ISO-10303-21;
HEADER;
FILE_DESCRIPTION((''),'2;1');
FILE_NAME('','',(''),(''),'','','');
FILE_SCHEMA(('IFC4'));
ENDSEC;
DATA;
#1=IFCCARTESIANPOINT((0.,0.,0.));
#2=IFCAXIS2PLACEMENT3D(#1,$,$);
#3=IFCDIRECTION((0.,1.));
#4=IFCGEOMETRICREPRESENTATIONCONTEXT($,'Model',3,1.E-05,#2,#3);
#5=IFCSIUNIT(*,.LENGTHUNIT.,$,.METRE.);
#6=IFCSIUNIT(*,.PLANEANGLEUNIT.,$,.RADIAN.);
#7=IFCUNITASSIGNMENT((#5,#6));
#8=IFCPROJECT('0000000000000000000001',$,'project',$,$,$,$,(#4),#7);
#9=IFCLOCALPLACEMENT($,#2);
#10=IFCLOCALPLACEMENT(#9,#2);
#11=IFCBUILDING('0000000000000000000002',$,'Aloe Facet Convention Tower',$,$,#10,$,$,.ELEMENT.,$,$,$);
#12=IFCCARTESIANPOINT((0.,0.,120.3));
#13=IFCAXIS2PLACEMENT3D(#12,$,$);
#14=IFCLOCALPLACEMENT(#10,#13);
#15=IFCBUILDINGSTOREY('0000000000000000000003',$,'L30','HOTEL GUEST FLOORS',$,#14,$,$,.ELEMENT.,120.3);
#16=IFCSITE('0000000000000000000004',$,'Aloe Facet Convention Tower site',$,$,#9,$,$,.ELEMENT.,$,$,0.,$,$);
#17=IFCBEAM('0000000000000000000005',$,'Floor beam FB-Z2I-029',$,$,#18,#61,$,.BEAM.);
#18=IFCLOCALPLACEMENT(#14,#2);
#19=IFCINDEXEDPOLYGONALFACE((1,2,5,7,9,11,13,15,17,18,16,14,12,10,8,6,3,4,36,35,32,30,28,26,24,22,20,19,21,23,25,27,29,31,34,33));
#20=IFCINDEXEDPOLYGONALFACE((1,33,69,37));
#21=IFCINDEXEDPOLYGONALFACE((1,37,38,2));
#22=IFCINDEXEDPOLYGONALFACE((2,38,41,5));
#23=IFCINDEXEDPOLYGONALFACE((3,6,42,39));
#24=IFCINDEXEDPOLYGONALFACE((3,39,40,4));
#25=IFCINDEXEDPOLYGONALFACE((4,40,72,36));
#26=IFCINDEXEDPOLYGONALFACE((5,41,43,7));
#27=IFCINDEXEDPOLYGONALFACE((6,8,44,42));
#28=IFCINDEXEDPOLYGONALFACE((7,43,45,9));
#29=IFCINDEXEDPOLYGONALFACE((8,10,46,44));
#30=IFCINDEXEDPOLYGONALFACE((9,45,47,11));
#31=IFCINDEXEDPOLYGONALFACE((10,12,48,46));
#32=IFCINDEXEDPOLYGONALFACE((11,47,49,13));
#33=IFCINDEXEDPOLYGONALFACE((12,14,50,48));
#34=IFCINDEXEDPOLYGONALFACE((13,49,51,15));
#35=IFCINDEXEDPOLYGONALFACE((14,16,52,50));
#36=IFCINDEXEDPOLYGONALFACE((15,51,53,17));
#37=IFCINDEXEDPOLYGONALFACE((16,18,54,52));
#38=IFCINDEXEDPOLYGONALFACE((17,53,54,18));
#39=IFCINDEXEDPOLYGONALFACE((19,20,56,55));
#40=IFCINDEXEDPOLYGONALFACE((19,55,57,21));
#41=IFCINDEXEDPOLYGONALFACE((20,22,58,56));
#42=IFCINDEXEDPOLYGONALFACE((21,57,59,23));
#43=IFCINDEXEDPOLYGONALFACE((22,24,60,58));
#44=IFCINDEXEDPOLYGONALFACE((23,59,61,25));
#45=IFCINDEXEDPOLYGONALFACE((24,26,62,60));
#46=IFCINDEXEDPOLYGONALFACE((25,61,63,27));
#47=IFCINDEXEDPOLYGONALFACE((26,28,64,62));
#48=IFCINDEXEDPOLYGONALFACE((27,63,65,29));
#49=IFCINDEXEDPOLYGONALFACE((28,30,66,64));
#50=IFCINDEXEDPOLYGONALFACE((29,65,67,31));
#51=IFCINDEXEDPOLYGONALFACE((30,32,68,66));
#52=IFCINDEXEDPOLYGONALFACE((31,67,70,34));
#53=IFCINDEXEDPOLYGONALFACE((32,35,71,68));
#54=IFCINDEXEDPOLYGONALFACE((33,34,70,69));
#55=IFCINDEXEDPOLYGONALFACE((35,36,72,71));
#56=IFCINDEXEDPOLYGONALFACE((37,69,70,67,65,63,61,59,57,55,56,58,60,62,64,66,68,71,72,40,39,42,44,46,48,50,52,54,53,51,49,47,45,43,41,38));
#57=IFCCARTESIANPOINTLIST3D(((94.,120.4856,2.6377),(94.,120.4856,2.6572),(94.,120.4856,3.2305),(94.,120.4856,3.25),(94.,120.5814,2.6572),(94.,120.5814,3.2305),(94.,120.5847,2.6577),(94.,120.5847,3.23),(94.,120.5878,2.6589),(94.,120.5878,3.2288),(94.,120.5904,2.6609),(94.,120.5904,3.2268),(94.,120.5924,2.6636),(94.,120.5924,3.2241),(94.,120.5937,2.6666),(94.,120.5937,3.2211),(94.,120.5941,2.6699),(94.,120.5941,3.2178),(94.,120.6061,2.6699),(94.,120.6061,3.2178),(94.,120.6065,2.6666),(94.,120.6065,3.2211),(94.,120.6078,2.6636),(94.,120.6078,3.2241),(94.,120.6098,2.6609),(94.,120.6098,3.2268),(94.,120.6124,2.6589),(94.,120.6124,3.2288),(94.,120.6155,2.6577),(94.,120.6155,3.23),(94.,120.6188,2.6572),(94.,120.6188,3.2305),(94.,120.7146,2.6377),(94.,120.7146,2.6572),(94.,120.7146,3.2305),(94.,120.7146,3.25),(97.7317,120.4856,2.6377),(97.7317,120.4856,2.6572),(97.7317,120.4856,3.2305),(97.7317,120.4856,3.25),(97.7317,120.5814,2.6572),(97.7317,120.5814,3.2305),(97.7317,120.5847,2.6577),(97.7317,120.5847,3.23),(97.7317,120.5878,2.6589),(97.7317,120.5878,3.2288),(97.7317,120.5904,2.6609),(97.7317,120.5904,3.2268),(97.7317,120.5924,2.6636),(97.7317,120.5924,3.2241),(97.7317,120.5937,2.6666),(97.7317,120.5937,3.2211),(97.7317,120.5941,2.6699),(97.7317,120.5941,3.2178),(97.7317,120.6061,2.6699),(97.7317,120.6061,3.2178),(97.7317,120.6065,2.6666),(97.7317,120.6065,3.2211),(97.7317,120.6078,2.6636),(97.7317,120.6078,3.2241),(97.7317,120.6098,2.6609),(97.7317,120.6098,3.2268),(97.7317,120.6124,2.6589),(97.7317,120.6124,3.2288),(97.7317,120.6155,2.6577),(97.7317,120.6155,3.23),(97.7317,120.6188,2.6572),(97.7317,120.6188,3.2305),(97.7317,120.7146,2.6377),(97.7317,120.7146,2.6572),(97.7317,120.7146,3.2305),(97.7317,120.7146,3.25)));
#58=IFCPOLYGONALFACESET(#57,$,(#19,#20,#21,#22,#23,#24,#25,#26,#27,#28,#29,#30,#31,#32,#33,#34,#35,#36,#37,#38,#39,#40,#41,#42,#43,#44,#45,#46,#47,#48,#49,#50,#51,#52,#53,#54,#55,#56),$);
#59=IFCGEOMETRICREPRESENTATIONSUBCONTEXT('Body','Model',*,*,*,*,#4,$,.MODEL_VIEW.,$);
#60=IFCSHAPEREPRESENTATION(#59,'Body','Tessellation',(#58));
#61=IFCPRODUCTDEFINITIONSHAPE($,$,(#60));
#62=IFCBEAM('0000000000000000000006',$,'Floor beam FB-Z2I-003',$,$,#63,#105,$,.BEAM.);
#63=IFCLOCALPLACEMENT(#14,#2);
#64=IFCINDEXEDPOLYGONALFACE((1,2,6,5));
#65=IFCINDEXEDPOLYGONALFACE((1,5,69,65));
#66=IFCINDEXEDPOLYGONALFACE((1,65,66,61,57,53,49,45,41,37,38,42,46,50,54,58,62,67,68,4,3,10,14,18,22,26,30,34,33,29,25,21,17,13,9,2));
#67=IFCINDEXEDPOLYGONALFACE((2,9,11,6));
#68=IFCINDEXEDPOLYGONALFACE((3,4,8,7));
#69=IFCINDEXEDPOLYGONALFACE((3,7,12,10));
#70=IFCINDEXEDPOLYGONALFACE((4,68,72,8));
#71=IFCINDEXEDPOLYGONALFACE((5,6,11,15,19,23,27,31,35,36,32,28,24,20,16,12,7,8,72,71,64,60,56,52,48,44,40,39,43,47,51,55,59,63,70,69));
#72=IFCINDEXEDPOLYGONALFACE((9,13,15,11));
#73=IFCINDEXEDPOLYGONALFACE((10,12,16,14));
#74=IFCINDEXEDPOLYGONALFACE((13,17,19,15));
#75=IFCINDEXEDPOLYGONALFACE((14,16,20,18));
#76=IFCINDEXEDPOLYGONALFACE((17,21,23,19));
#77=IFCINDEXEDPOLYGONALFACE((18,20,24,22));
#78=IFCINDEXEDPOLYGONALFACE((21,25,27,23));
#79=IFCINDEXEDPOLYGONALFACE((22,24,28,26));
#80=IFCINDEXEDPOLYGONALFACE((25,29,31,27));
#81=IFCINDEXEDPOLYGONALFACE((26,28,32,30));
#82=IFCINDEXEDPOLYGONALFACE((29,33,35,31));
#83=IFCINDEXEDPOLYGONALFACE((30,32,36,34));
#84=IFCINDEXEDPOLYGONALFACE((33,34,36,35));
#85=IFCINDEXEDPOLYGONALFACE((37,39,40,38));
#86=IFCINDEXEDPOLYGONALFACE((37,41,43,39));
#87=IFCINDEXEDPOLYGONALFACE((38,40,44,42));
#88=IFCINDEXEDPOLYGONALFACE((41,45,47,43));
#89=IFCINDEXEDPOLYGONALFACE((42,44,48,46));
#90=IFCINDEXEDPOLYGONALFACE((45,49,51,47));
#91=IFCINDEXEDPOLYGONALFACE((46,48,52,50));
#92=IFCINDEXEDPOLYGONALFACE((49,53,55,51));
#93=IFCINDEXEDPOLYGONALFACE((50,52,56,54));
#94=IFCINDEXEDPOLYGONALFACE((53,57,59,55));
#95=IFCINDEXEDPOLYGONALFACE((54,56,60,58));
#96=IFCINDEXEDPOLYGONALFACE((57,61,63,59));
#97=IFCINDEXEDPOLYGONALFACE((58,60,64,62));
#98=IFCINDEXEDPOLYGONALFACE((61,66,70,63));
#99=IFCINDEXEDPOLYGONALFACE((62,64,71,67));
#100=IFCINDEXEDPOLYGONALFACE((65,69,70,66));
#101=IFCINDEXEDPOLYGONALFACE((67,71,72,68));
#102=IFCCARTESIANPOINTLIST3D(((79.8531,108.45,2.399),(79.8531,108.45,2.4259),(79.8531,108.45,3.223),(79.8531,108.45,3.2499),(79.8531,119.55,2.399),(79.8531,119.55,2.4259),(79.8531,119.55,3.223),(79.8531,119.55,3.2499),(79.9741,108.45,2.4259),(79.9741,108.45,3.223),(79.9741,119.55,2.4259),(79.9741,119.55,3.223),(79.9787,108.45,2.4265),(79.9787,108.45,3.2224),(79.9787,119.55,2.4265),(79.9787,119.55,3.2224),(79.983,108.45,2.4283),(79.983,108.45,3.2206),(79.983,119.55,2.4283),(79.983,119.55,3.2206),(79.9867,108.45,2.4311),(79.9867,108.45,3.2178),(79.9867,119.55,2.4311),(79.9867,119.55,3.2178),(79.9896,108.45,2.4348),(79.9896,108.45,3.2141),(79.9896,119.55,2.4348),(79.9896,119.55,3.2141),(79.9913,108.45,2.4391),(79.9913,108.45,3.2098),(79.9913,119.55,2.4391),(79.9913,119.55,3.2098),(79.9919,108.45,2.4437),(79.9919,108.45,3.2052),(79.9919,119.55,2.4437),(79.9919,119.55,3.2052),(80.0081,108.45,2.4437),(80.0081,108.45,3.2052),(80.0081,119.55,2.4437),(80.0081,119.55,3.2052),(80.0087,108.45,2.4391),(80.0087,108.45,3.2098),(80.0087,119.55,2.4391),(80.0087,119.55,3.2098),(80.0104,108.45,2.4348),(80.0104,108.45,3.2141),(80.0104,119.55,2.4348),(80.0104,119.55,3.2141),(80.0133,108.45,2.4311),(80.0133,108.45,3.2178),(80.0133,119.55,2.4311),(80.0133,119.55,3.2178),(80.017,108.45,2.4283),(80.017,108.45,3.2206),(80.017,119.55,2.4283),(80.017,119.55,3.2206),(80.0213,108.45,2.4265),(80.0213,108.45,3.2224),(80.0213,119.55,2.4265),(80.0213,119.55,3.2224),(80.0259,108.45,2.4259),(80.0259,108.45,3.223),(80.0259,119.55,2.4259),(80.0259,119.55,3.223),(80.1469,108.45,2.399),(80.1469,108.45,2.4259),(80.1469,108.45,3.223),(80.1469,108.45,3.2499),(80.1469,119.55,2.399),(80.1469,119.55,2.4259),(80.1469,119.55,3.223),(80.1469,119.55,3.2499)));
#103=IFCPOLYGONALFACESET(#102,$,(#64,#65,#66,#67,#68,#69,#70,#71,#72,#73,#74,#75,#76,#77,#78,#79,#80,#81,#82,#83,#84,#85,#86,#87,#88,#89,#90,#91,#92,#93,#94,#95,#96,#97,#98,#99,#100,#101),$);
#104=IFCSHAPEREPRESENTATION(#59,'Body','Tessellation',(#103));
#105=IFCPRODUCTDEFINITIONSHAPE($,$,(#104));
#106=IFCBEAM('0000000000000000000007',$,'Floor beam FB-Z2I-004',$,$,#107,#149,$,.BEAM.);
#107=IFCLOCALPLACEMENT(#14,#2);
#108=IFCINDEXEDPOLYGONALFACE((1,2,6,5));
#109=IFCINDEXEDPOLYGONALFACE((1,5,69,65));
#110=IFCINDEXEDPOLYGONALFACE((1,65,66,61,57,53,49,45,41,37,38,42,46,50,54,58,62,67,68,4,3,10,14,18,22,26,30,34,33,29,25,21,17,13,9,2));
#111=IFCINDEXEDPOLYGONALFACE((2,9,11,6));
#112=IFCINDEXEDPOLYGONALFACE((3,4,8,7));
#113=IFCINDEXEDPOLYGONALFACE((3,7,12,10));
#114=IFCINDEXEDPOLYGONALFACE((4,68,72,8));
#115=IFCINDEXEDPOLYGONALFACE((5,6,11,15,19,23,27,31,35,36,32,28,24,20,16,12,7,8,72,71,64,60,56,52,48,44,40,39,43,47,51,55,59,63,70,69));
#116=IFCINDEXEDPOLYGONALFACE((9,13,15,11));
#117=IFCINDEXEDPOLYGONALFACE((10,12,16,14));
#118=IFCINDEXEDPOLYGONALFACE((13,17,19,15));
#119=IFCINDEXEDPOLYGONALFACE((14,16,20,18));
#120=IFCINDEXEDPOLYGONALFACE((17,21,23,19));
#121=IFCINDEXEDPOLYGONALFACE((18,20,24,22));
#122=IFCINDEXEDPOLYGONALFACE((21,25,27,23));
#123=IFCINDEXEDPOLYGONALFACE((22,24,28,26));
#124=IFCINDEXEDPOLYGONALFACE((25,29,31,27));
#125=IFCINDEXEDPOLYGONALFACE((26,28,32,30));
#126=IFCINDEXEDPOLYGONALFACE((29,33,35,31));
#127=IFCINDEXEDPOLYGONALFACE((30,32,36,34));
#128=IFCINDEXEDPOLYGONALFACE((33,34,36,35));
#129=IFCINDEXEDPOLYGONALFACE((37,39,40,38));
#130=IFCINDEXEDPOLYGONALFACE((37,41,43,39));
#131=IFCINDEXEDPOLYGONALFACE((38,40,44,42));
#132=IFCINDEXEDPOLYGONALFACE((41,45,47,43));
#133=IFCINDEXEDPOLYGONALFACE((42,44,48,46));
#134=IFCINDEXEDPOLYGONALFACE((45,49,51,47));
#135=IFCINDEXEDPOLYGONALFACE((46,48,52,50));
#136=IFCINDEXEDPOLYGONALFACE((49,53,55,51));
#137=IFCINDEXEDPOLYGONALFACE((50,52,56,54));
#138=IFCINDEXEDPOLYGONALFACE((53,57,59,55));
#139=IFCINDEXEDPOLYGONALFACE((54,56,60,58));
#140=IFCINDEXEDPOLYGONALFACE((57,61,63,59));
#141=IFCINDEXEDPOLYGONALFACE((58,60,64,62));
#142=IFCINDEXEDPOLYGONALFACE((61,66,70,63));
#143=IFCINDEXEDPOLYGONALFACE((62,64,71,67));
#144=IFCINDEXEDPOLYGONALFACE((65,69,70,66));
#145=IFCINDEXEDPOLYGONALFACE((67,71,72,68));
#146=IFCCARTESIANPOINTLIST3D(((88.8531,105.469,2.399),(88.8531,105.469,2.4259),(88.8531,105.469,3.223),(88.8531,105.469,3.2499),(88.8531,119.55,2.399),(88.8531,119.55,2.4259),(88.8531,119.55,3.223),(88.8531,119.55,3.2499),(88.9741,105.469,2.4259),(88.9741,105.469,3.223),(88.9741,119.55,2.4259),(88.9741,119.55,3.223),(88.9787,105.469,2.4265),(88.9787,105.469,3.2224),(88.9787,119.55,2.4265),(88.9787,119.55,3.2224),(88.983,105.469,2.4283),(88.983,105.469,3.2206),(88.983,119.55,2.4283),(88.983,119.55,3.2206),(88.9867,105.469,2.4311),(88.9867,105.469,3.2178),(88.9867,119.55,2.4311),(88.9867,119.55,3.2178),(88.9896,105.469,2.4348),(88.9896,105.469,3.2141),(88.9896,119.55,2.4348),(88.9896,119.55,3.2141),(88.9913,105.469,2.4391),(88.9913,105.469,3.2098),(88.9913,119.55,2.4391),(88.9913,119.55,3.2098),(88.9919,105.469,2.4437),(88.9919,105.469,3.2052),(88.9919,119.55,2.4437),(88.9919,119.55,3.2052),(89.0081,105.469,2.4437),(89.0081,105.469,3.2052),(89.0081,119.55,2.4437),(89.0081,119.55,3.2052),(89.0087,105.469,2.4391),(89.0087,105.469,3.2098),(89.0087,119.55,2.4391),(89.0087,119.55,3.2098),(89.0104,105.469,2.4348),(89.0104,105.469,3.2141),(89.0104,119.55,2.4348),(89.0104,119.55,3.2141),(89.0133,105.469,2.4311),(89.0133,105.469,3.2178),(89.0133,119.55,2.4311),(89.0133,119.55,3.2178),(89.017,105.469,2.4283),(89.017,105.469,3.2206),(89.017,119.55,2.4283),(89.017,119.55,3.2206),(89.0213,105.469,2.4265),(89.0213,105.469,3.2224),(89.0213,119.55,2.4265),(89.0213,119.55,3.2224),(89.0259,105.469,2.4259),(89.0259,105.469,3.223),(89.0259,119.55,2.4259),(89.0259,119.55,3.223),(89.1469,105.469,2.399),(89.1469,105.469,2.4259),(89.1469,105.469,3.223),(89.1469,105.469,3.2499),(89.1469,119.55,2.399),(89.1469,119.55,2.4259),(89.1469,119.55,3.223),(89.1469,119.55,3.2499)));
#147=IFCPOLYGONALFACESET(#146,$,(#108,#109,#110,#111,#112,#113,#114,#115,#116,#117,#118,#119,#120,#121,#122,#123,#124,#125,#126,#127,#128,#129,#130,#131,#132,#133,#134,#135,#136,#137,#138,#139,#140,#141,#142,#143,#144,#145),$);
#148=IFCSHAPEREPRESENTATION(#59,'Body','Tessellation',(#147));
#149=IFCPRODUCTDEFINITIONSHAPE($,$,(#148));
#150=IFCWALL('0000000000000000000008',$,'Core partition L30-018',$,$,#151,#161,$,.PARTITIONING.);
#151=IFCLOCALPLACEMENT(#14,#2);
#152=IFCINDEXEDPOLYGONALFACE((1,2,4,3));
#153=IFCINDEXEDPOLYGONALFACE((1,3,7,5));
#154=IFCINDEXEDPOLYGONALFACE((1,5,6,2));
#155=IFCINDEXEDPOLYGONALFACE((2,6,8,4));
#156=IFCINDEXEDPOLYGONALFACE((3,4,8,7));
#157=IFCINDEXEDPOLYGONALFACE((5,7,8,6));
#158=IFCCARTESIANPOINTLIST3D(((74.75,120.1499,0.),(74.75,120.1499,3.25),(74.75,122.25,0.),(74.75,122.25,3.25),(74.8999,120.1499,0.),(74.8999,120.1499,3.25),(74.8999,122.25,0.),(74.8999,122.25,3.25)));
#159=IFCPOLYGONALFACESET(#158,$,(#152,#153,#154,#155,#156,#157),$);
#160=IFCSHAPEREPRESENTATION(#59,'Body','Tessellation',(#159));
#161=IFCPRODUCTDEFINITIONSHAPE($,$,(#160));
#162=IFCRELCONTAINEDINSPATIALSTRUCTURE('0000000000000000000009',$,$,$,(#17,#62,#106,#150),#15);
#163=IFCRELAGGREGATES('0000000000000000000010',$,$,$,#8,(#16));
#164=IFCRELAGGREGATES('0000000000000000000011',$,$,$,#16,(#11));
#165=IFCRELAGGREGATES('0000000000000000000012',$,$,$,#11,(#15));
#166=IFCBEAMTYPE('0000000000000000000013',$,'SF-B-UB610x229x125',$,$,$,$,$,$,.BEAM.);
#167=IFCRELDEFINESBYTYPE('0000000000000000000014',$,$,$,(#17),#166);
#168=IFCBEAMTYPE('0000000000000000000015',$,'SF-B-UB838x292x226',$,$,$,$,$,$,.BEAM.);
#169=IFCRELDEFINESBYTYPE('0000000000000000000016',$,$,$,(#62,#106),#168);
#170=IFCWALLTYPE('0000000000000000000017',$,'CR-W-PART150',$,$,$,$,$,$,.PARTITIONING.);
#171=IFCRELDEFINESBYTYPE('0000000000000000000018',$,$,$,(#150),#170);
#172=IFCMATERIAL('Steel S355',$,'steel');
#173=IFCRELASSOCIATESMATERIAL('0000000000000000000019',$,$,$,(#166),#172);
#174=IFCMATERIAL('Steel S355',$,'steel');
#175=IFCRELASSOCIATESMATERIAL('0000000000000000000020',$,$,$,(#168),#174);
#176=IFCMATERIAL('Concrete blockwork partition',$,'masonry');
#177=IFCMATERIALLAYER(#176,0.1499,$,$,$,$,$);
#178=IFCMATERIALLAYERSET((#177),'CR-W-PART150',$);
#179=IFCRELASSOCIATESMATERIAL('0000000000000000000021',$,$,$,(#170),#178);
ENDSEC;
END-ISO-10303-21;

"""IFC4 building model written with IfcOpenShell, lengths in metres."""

from ifc_helpers import new_model, si_unit, direction, frame, frame_2d, origin, origin_2d, place, context, subcontext, project, spatial, rectangle, i_section, extrude, material, layer, layer_set, material_profile, profile_set, type_object, element, save


model = new_model("IFC4")

# Units and contexts
model_context = context("Model", 3, precision=1e-05, world=origin(), true_north=direction((0.0, 1.0)))
body_context = subcontext(model_context, "Body", "Model", "MODEL_VIEW")
ifc_project = project(units=[si_unit("LENGTHUNIT", "METRE"), si_unit("PLANEANGLEUNIT", "RADIAN")], contexts=[model_context])

# Site, building, storey
site_placement = place(None, origin())
site = spatial("IfcSite", under=ifc_project, at=site_placement, Name="Aloe Facet Convention Tower site", CompositionType="ELEMENT", RefElevation=0.0)
building_placement = place(site_placement, origin())
building = spatial("IfcBuilding", under=site, at=building_placement, Name="Aloe Facet Convention Tower", CompositionType="ELEMENT")
storey_placement = place(building_placement, frame((0.0, 0.0, 120.3)))
storey = spatial("IfcBuildingStorey", under=building, at=storey_placement, Name="L30", Description="HOTEL GUEST FLOORS", CompositionType="ELEMENT", Elevation=120.3)

# Beams
ifc_material_1 = material(Name="Steel S355", Category="steel")
ifc_material_profile_1 = material_profile(ifc_material_1, i_section(OverallWidth=0.229, OverallDepth=0.6123, WebThickness=0.012, FlangeThickness=0.0195, FilletRadius=0.0127, at=origin_2d()), Name="UB 610x229x125")
ifc_profile_set_1 = profile_set([ifc_material_profile_1], Name="Steel S355")
beam_type_1 = type_object("IfcBeamType", Name="SF-B-UB610x229x125", PredefinedType="BEAM", material=ifc_profile_set_1)
beam_1_placement = place(storey_placement, frame((94.0, 120.6001, 2.9438), z_axis=(1.0, 0.0, 0.0), x_axis=(0.0, 1.0, 0.0)))
element("IfcBeam", 1, at=beam_1_placement, inside=storey, type_object=beam_type_1, Name="Floor beam FB-Z2I-029", PredefinedType="BEAM", context=body_context, shape_type="SweptSolid", body=[
    extrude(i_section(OverallWidth=0.229, OverallDepth=0.6123, WebThickness=0.012, FlangeThickness=0.0195, FilletRadius=0.0127, at=origin_2d()), origin(), (0.0, 0.0, 1.0), 3.7317),
])
ifc_material_2 = material(Name="Steel S355", Category="steel")
ifc_material_profile_2 = material_profile(ifc_material_2, i_section(OverallWidth=0.2937, OverallDepth=0.8508, WebThickness=0.0161, FlangeThickness=0.0269, FilletRadius=0.0178, at=origin_2d()), Name="UB 838x292x226")
ifc_profile_set_2 = profile_set([ifc_material_profile_2], Name="Steel S355")
beam_type_2 = type_object("IfcBeamType", Name="SF-B-UB838x292x226", PredefinedType="BEAM", material=ifc_profile_set_2)
beam_2_placement = place(storey_placement, frame((80.0, 119.55, 2.8245), z_axis=(0.0, -1.0, 0.0), x_axis=(1.0, 0.0, 0.0)))
element("IfcBeam", 2, at=beam_2_placement, inside=storey, type_object=beam_type_2, Name="Floor beam FB-Z2I-003", PredefinedType="BEAM", context=body_context, shape_type="SweptSolid", body=[
    extrude(i_section(OverallWidth=0.2937, OverallDepth=0.8508, WebThickness=0.0161, FlangeThickness=0.0269, FilletRadius=0.0178, at=origin_2d()), origin(), (0.0, 0.0, 1.0), 11.1001),
])
beam_3_placement = place(storey_placement, frame((89.0, 119.55, 2.8245), z_axis=(0.0, -1.0, 0.0), x_axis=(1.0, 0.0, 0.0)))
element("IfcBeam", 3, at=beam_3_placement, inside=storey, type_object=beam_type_2, Name="Floor beam FB-Z2I-004", PredefinedType="BEAM", context=body_context, shape_type="SweptSolid", body=[
    extrude(i_section(OverallWidth=0.2937, OverallDepth=0.8508, WebThickness=0.0161, FlangeThickness=0.0269, FilletRadius=0.0178, at=origin_2d()), origin(), (0.0, 0.0, 1.0), 14.0811),
])

# Wall
ifc_material_3 = material(Name="Concrete blockwork partition", Category="masonry")
ifc_layer_1 = layer(ifc_material_3, 0.1499)
ifc_layer_set_1 = layer_set([ifc_layer_1], Name="CR-W-PART150")
wall_type_1 = type_object("IfcWallType", Name="CR-W-PART150", PredefinedType="PARTITIONING", material=ifc_layer_set_1)
wall_1_placement = place(storey_placement, frame((74.825, 122.25, 0.0), z_axis=(0.0, 0.0, 1.0), x_axis=(0.0, -1.0, 0.0)))
element("IfcWall", 4, at=wall_1_placement, inside=storey, type_object=wall_type_1, Name="Core partition L30-018", PredefinedType="PARTITIONING", context=body_context, shape_type="SweptSolid", body=[
    extrude(rectangle(XDim=2.1001, YDim=0.1499, at=frame_2d((1.05, 0.0))), origin(), (0.0, 0.0, 1.0), 3.25),
])

save(model, "model.ifc")
